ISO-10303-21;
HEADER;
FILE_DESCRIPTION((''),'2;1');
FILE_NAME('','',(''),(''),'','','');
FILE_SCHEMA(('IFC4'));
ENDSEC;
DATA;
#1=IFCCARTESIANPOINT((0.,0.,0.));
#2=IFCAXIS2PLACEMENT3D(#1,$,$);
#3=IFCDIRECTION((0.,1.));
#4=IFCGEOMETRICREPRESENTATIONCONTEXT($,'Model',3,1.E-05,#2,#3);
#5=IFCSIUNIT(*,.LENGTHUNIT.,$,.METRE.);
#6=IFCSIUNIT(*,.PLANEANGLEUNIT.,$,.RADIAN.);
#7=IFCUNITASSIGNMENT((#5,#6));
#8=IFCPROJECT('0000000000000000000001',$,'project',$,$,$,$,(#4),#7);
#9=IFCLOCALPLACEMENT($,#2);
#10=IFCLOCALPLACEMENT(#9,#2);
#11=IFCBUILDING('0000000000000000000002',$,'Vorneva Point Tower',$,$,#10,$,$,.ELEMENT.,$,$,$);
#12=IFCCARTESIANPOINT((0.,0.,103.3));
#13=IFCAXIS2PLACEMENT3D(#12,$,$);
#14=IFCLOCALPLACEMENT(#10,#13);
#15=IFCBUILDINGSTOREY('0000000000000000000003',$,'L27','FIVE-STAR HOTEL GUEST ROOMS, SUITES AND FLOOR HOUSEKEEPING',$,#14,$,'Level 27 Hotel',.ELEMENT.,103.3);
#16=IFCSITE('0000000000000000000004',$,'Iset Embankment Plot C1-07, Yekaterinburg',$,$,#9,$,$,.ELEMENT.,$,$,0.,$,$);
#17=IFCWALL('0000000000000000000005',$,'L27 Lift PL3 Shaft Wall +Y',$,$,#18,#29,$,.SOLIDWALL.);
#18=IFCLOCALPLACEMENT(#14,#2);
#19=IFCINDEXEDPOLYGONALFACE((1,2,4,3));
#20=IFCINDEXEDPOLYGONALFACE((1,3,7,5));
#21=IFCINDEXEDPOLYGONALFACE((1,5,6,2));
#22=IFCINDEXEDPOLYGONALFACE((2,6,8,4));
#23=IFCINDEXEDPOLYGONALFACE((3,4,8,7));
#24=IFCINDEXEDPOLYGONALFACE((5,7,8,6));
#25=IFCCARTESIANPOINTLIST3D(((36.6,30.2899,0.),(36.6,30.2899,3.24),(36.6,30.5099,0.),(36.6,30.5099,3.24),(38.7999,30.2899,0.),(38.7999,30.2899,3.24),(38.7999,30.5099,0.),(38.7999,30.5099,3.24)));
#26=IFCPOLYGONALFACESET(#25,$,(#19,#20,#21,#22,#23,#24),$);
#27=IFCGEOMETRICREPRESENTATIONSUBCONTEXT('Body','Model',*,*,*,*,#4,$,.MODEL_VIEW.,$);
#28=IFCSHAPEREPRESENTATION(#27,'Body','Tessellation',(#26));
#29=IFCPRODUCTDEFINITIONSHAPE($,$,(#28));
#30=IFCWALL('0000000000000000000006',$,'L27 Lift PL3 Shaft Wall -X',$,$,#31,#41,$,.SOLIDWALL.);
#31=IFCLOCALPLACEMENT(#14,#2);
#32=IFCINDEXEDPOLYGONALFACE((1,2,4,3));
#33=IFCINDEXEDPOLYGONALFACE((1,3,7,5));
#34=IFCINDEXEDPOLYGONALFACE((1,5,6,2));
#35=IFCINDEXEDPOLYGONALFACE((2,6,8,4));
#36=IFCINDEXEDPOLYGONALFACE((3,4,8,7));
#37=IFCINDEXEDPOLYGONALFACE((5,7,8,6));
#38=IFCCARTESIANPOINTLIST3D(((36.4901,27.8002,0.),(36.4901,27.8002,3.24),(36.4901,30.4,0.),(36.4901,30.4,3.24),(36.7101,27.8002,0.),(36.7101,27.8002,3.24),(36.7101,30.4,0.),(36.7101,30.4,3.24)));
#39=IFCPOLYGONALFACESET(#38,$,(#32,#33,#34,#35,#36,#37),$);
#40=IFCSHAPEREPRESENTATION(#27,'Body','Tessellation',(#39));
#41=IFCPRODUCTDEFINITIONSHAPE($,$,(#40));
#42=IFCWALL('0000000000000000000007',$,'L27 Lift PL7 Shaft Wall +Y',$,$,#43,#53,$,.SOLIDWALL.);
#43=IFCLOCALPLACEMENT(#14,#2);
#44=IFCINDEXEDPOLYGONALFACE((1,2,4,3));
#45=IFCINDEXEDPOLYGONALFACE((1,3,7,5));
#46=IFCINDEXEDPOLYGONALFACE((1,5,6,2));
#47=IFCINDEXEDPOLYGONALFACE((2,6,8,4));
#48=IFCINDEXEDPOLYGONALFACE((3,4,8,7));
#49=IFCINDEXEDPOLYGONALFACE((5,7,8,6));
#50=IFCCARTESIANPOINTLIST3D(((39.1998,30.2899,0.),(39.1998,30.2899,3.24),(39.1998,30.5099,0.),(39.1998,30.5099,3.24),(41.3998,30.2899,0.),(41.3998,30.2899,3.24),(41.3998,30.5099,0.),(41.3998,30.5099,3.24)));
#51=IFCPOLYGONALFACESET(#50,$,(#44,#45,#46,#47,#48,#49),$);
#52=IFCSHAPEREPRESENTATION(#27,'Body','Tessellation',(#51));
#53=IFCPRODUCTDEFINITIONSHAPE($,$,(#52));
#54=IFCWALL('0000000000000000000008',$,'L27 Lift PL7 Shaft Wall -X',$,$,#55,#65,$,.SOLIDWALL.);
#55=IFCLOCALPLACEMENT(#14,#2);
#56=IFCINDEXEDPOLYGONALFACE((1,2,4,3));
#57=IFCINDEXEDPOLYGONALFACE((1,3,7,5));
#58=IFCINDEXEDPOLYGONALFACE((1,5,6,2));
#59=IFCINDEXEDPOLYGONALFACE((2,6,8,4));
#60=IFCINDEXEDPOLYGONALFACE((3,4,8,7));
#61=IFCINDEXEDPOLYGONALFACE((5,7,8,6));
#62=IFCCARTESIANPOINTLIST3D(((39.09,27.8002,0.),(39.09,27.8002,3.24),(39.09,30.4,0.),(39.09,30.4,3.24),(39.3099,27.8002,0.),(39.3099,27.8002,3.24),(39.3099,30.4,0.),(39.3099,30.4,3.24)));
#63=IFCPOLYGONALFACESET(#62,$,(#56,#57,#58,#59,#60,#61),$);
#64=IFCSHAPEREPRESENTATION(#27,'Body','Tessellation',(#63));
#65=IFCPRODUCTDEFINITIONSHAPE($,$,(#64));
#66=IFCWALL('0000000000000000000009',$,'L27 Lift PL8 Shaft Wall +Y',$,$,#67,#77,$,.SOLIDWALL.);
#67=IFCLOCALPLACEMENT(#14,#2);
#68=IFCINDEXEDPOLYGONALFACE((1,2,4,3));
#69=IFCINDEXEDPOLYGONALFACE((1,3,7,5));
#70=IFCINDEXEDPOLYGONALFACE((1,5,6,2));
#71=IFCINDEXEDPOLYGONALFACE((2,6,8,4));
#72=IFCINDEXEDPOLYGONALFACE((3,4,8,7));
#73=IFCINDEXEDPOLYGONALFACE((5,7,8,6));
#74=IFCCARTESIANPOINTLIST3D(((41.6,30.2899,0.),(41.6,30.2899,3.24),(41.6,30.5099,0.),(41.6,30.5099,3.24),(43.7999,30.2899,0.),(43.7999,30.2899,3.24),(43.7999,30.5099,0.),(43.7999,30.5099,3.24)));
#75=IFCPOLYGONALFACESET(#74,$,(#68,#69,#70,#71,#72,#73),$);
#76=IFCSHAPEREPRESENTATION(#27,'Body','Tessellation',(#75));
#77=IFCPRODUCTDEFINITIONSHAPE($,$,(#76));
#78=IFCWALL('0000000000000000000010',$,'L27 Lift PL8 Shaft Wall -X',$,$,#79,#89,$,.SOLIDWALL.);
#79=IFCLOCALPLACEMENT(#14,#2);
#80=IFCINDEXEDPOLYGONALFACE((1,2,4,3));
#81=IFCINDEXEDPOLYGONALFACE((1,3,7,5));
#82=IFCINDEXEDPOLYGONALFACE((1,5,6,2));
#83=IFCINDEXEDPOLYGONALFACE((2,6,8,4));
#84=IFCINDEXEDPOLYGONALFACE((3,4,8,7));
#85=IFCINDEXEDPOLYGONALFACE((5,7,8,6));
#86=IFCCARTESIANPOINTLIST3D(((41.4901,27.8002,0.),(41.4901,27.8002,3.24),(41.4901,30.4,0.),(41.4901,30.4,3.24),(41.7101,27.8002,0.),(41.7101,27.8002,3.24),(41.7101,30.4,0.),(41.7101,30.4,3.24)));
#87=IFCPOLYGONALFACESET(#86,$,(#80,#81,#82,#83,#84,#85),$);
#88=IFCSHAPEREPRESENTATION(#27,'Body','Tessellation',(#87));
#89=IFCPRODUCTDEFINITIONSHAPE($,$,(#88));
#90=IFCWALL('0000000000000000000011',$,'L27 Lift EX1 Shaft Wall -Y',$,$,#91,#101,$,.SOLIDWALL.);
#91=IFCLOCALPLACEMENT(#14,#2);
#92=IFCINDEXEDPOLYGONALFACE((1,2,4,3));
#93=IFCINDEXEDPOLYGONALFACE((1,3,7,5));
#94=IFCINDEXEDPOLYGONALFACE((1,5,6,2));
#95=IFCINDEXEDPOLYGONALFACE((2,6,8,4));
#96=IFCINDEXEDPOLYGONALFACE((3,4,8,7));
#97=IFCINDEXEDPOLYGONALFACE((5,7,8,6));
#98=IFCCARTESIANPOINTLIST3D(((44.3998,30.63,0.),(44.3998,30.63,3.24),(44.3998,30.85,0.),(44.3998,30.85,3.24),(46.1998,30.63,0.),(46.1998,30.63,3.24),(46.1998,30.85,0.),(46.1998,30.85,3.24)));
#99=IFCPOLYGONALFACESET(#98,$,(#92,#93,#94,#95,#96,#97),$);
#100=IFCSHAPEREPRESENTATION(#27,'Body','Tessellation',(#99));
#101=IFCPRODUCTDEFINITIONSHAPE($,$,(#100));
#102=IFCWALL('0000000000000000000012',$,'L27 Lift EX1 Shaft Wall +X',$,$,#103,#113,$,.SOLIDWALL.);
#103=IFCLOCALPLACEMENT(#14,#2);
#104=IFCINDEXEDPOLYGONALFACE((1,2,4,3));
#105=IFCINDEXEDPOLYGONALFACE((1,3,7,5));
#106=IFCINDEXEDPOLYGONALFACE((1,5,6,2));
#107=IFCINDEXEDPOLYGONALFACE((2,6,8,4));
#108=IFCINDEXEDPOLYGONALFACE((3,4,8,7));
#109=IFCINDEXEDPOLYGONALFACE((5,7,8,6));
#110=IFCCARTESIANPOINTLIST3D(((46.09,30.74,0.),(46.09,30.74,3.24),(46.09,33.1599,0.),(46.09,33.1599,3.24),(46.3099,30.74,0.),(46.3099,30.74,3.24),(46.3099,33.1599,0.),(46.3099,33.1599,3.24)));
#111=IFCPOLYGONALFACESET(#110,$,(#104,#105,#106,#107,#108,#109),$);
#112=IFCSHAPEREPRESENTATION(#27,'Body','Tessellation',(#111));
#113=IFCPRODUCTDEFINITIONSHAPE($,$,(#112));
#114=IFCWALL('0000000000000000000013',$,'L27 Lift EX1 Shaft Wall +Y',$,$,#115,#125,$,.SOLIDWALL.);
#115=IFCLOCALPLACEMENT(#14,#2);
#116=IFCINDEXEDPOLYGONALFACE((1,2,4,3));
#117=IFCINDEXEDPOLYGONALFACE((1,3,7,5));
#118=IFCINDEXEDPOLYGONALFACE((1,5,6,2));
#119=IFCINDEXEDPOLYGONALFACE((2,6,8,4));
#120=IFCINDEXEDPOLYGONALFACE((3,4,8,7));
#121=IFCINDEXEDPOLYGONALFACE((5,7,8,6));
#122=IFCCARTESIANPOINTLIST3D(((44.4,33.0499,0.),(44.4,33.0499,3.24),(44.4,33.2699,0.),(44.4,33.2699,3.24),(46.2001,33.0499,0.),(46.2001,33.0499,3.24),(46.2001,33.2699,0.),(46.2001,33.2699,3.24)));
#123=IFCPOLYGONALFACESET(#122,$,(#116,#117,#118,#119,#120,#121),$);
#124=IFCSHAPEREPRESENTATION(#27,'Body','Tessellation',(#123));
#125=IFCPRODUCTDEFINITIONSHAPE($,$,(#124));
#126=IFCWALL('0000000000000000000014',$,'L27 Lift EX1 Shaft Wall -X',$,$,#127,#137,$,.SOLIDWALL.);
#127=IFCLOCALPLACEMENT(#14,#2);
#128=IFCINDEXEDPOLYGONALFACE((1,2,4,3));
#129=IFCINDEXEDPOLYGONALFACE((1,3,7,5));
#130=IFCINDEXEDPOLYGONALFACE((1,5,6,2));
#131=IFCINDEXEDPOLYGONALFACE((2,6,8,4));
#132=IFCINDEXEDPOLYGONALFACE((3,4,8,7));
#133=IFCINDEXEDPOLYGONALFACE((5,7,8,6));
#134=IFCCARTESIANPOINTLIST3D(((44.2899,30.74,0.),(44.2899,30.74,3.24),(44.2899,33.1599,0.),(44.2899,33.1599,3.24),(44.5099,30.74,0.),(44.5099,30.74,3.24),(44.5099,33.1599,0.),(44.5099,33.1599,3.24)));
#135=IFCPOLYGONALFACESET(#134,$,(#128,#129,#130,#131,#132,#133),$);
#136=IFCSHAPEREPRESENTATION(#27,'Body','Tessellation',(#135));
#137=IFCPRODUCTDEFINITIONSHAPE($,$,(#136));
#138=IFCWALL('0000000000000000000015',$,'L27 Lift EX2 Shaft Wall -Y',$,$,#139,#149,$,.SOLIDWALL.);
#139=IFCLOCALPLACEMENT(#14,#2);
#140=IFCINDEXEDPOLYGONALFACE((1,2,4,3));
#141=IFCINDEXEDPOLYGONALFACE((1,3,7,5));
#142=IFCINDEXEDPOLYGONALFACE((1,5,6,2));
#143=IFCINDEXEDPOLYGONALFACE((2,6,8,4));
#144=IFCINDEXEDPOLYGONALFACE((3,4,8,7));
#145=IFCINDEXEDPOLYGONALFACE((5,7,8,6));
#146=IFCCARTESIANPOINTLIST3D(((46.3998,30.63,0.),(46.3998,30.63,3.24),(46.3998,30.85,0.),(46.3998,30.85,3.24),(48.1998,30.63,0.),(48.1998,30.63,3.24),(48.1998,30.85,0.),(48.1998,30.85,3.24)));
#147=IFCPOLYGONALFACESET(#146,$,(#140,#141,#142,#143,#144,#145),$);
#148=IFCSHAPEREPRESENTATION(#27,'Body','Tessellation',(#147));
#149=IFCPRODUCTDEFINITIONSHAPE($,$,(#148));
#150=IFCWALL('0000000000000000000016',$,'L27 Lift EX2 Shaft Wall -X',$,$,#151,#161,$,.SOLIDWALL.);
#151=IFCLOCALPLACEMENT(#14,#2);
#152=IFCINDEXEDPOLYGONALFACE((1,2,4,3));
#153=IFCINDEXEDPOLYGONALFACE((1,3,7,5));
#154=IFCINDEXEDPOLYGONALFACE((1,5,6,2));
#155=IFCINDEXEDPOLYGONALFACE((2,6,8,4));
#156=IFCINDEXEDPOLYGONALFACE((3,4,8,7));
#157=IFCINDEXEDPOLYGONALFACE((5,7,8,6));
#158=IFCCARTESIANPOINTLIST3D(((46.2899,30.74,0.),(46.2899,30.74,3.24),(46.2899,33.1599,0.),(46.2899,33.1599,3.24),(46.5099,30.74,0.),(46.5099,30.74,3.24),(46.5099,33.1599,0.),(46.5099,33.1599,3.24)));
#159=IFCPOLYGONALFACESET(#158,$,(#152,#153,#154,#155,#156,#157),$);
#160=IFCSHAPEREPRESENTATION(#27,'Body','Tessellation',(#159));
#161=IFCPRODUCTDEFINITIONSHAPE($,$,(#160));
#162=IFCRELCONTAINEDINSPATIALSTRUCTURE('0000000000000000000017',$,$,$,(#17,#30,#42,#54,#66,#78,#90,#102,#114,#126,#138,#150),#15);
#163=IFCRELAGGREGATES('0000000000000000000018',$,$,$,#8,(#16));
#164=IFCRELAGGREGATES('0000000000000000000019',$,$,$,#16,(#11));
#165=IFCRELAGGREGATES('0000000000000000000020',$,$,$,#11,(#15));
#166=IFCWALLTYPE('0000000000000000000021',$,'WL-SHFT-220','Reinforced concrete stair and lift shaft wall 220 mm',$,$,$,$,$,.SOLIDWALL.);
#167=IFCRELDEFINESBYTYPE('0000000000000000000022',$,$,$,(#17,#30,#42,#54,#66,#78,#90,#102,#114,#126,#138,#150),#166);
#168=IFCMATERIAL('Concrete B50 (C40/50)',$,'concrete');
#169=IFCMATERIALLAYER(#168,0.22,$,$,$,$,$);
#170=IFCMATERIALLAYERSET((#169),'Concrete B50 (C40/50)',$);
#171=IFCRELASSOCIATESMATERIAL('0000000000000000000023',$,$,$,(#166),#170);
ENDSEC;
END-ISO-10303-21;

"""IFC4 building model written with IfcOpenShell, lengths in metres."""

from ifc_helpers import new_model, si_unit, direction, frame, frame_2d, origin, place, context, subcontext, project, spatial, rectangle, extrude, material, layer, layer_set, type_object, element, save


model = new_model("IFC4")

# Units and contexts
model_context = context("Model", 3, precision=1e-05, world=origin(), true_north=direction((0.0, 1.0)))
body_context = subcontext(model_context, "Body", "Model", "MODEL_VIEW")
ifc_project = project(units=[si_unit("LENGTHUNIT", "METRE"), si_unit("PLANEANGLEUNIT", "RADIAN")], contexts=[model_context])

# Site, building, storey
site_placement = place(None, origin())
site = spatial("IfcSite", under=ifc_project, at=site_placement, Name="Iset Embankment Plot C1-07, Yekaterinburg", CompositionType="ELEMENT", RefElevation=0.0)
building_placement = place(site_placement, origin())
building = spatial("IfcBuilding", under=site, at=building_placement, Name="Vorneva Point Tower", CompositionType="ELEMENT")
storey_placement = place(building_placement, frame((0.0, 0.0, 103.3)))
storey = spatial("IfcBuildingStorey", under=building, at=storey_placement, Name="L27", Description="FIVE-STAR HOTEL GUEST ROOMS, SUITES AND FLOOR HOUSEKEEPING", LongName="Level 27 Hotel", CompositionType="ELEMENT", Elevation=103.3)

# Walls
ifc_material_1 = material(Name="Concrete B50 (C40/50)", Category="concrete")
ifc_layer_1 = layer(ifc_material_1, 0.22)
ifc_layer_set_1 = layer_set([ifc_layer_1], Name="Concrete B50 (C40/50)")
wall_type_1 = type_object("IfcWallType", Name="WL-SHFT-220", Description="Reinforced concrete stair and lift shaft wall 220 mm", PredefinedType="SOLIDWALL", material=ifc_layer_set_1)
wall_1_placement = place(storey_placement, frame((38.8, 30.3999, 0.0), z_axis=(0.0, 0.0, 1.0), x_axis=(-1.0, 0.0, 0.0)))
element("IfcWall", 1, at=wall_1_placement, inside=storey, type_object=wall_type_1, Name="L27 Lift PL3 Shaft Wall +Y", PredefinedType="SOLIDWALL", context=body_context, shape_type="SweptSolid", body=[
    extrude(rectangle(XDim=2.2, YDim=0.22, at=frame_2d((1.1001, 0.0))), origin(), (0.0, 0.0, 1.0), 3.24),
])
wall_2_placement = place(storey_placement, frame((36.6001, 30.3999, 0.0), z_axis=(0.0, 0.0, 1.0), x_axis=(0.0, -1.0, 0.0)))
element("IfcWall", 2, at=wall_2_placement, inside=storey, type_object=wall_type_1, Name="L27 Lift PL3 Shaft Wall -X", PredefinedType="SOLIDWALL", context=body_context, shape_type="SweptSolid", body=[
    extrude(rectangle(XDim=2.5999, YDim=0.22, at=frame_2d((1.2998, 0.0))), origin(), (0.0, 0.0, 1.0), 3.24),
])
wall_3_placement = place(storey_placement, frame((41.3999, 30.3999, 0.0), z_axis=(0.0, 0.0, 1.0), x_axis=(-1.0, 0.0, 0.0)))
element("IfcWall", 3, at=wall_3_placement, inside=storey, type_object=wall_type_1, Name="L27 Lift PL7 Shaft Wall +Y", PredefinedType="SOLIDWALL", context=body_context, shape_type="SweptSolid", body=[
    extrude(rectangle(XDim=2.2, YDim=0.22, at=frame_2d((1.1001, 0.0))), origin(), (0.0, 0.0, 1.0), 3.24),
])
wall_4_placement = place(storey_placement, frame((39.2, 30.3999, 0.0), z_axis=(0.0, 0.0, 1.0), x_axis=(0.0, -1.0, 0.0)))
element("IfcWall", 4, at=wall_4_placement, inside=storey, type_object=wall_type_1, Name="L27 Lift PL7 Shaft Wall -X", PredefinedType="SOLIDWALL", context=body_context, shape_type="SweptSolid", body=[
    extrude(rectangle(XDim=2.5999, YDim=0.22, at=frame_2d((1.2998, 0.0))), origin(), (0.0, 0.0, 1.0), 3.24),
])
wall_5_placement = place(storey_placement, frame((43.8, 30.3999, 0.0), z_axis=(0.0, 0.0, 1.0), x_axis=(-1.0, 0.0, 0.0)))
element("IfcWall", 5, at=wall_5_placement, inside=storey, type_object=wall_type_1, Name="L27 Lift PL8 Shaft Wall +Y", PredefinedType="SOLIDWALL", context=body_context, shape_type="SweptSolid", body=[
    extrude(rectangle(XDim=2.2, YDim=0.22, at=frame_2d((1.1001, 0.0))), origin(), (0.0, 0.0, 1.0), 3.24),
])
wall_6_placement = place(storey_placement, frame((41.6001, 30.3999, 0.0), z_axis=(0.0, 0.0, 1.0), x_axis=(0.0, -1.0, 0.0)))
element("IfcWall", 6, at=wall_6_placement, inside=storey, type_object=wall_type_1, Name="L27 Lift PL8 Shaft Wall -X", PredefinedType="SOLIDWALL", context=body_context, shape_type="SweptSolid", body=[
    extrude(rectangle(XDim=2.5999, YDim=0.22, at=frame_2d((1.2998, 0.0))), origin(), (0.0, 0.0, 1.0), 3.24),
])
wall_7_placement = place(storey_placement, frame((44.3999, 30.74, 0.0), z_axis=(0.0, 0.0, 1.0), x_axis=(1.0, 0.0, 0.0)))
element("IfcWall", 7, at=wall_7_placement, inside=storey, type_object=wall_type_1, Name="L27 Lift EX1 Shaft Wall -Y", PredefinedType="SOLIDWALL", context=body_context, shape_type="SweptSolid", body=[
    extrude(rectangle(XDim=1.8, YDim=0.22, at=frame_2d((0.8999, 0.0))), origin(), (0.0, 0.0, 1.0), 3.24),
])
wall_8_placement = place(storey_placement, frame((46.2, 30.74, 0.0), z_axis=(0.0, 0.0, 1.0), x_axis=(0.0, 1.0, 0.0)))
element("IfcWall", 8, at=wall_8_placement, inside=storey, type_object=wall_type_1, Name="L27 Lift EX1 Shaft Wall +X", PredefinedType="SOLIDWALL", context=body_context, shape_type="SweptSolid", body=[
    extrude(rectangle(XDim=2.4199, YDim=0.22, at=frame_2d((1.21, 0.0))), origin(), (0.0, 0.0, 1.0), 3.24),
])
wall_9_placement = place(storey_placement, frame((46.2, 33.1599, 0.0), z_axis=(0.0, 0.0, 1.0), x_axis=(-1.0, 0.0, 0.0)))
element("IfcWall", 9, at=wall_9_placement, inside=storey, type_object=wall_type_1, Name="L27 Lift EX1 Shaft Wall +Y", PredefinedType="SOLIDWALL", context=body_context, shape_type="SweptSolid", body=[
    extrude(rectangle(XDim=1.8, YDim=0.22, at=frame_2d((0.8999, 0.0))), origin(), (0.0, 0.0, 1.0), 3.24),
])
wall_10_placement = place(storey_placement, frame((44.3999, 33.1599, 0.0), z_axis=(0.0, 0.0, 1.0), x_axis=(0.0, -1.0, 0.0)))
element("IfcWall", 10, at=wall_10_placement, inside=storey, type_object=wall_type_1, Name="L27 Lift EX1 Shaft Wall -X", PredefinedType="SOLIDWALL", context=body_context, shape_type="SweptSolid", body=[
    extrude(rectangle(XDim=2.4199, YDim=0.22, at=frame_2d((1.21, 0.0))), origin(), (0.0, 0.0, 1.0), 3.24),
])
wall_11_placement = place(storey_placement, frame((46.3999, 30.74, 0.0), z_axis=(0.0, 0.0, 1.0), x_axis=(1.0, 0.0, 0.0)))
element("IfcWall", 11, at=wall_11_placement, inside=storey, type_object=wall_type_1, Name="L27 Lift EX2 Shaft Wall -Y", PredefinedType="SOLIDWALL", context=body_context, shape_type="SweptSolid", body=[
    extrude(rectangle(XDim=1.8, YDim=0.22, at=frame_2d((0.8999, 0.0))), origin(), (0.0, 0.0, 1.0), 3.24),
])
wall_12_placement = place(storey_placement, frame((46.3999, 33.1599, 0.0), z_axis=(0.0, 0.0, 1.0), x_axis=(0.0, -1.0, 0.0)))
element("IfcWall", 12, at=wall_12_placement, inside=storey, type_object=wall_type_1, Name="L27 Lift EX2 Shaft Wall -X", PredefinedType="SOLIDWALL", context=body_context, shape_type="SweptSolid", body=[
    extrude(rectangle(XDim=2.4199, YDim=0.22, at=frame_2d((1.21, 0.0))), origin(), (0.0, 0.0, 1.0), 3.24),
])

save(model, "model.ifc")
